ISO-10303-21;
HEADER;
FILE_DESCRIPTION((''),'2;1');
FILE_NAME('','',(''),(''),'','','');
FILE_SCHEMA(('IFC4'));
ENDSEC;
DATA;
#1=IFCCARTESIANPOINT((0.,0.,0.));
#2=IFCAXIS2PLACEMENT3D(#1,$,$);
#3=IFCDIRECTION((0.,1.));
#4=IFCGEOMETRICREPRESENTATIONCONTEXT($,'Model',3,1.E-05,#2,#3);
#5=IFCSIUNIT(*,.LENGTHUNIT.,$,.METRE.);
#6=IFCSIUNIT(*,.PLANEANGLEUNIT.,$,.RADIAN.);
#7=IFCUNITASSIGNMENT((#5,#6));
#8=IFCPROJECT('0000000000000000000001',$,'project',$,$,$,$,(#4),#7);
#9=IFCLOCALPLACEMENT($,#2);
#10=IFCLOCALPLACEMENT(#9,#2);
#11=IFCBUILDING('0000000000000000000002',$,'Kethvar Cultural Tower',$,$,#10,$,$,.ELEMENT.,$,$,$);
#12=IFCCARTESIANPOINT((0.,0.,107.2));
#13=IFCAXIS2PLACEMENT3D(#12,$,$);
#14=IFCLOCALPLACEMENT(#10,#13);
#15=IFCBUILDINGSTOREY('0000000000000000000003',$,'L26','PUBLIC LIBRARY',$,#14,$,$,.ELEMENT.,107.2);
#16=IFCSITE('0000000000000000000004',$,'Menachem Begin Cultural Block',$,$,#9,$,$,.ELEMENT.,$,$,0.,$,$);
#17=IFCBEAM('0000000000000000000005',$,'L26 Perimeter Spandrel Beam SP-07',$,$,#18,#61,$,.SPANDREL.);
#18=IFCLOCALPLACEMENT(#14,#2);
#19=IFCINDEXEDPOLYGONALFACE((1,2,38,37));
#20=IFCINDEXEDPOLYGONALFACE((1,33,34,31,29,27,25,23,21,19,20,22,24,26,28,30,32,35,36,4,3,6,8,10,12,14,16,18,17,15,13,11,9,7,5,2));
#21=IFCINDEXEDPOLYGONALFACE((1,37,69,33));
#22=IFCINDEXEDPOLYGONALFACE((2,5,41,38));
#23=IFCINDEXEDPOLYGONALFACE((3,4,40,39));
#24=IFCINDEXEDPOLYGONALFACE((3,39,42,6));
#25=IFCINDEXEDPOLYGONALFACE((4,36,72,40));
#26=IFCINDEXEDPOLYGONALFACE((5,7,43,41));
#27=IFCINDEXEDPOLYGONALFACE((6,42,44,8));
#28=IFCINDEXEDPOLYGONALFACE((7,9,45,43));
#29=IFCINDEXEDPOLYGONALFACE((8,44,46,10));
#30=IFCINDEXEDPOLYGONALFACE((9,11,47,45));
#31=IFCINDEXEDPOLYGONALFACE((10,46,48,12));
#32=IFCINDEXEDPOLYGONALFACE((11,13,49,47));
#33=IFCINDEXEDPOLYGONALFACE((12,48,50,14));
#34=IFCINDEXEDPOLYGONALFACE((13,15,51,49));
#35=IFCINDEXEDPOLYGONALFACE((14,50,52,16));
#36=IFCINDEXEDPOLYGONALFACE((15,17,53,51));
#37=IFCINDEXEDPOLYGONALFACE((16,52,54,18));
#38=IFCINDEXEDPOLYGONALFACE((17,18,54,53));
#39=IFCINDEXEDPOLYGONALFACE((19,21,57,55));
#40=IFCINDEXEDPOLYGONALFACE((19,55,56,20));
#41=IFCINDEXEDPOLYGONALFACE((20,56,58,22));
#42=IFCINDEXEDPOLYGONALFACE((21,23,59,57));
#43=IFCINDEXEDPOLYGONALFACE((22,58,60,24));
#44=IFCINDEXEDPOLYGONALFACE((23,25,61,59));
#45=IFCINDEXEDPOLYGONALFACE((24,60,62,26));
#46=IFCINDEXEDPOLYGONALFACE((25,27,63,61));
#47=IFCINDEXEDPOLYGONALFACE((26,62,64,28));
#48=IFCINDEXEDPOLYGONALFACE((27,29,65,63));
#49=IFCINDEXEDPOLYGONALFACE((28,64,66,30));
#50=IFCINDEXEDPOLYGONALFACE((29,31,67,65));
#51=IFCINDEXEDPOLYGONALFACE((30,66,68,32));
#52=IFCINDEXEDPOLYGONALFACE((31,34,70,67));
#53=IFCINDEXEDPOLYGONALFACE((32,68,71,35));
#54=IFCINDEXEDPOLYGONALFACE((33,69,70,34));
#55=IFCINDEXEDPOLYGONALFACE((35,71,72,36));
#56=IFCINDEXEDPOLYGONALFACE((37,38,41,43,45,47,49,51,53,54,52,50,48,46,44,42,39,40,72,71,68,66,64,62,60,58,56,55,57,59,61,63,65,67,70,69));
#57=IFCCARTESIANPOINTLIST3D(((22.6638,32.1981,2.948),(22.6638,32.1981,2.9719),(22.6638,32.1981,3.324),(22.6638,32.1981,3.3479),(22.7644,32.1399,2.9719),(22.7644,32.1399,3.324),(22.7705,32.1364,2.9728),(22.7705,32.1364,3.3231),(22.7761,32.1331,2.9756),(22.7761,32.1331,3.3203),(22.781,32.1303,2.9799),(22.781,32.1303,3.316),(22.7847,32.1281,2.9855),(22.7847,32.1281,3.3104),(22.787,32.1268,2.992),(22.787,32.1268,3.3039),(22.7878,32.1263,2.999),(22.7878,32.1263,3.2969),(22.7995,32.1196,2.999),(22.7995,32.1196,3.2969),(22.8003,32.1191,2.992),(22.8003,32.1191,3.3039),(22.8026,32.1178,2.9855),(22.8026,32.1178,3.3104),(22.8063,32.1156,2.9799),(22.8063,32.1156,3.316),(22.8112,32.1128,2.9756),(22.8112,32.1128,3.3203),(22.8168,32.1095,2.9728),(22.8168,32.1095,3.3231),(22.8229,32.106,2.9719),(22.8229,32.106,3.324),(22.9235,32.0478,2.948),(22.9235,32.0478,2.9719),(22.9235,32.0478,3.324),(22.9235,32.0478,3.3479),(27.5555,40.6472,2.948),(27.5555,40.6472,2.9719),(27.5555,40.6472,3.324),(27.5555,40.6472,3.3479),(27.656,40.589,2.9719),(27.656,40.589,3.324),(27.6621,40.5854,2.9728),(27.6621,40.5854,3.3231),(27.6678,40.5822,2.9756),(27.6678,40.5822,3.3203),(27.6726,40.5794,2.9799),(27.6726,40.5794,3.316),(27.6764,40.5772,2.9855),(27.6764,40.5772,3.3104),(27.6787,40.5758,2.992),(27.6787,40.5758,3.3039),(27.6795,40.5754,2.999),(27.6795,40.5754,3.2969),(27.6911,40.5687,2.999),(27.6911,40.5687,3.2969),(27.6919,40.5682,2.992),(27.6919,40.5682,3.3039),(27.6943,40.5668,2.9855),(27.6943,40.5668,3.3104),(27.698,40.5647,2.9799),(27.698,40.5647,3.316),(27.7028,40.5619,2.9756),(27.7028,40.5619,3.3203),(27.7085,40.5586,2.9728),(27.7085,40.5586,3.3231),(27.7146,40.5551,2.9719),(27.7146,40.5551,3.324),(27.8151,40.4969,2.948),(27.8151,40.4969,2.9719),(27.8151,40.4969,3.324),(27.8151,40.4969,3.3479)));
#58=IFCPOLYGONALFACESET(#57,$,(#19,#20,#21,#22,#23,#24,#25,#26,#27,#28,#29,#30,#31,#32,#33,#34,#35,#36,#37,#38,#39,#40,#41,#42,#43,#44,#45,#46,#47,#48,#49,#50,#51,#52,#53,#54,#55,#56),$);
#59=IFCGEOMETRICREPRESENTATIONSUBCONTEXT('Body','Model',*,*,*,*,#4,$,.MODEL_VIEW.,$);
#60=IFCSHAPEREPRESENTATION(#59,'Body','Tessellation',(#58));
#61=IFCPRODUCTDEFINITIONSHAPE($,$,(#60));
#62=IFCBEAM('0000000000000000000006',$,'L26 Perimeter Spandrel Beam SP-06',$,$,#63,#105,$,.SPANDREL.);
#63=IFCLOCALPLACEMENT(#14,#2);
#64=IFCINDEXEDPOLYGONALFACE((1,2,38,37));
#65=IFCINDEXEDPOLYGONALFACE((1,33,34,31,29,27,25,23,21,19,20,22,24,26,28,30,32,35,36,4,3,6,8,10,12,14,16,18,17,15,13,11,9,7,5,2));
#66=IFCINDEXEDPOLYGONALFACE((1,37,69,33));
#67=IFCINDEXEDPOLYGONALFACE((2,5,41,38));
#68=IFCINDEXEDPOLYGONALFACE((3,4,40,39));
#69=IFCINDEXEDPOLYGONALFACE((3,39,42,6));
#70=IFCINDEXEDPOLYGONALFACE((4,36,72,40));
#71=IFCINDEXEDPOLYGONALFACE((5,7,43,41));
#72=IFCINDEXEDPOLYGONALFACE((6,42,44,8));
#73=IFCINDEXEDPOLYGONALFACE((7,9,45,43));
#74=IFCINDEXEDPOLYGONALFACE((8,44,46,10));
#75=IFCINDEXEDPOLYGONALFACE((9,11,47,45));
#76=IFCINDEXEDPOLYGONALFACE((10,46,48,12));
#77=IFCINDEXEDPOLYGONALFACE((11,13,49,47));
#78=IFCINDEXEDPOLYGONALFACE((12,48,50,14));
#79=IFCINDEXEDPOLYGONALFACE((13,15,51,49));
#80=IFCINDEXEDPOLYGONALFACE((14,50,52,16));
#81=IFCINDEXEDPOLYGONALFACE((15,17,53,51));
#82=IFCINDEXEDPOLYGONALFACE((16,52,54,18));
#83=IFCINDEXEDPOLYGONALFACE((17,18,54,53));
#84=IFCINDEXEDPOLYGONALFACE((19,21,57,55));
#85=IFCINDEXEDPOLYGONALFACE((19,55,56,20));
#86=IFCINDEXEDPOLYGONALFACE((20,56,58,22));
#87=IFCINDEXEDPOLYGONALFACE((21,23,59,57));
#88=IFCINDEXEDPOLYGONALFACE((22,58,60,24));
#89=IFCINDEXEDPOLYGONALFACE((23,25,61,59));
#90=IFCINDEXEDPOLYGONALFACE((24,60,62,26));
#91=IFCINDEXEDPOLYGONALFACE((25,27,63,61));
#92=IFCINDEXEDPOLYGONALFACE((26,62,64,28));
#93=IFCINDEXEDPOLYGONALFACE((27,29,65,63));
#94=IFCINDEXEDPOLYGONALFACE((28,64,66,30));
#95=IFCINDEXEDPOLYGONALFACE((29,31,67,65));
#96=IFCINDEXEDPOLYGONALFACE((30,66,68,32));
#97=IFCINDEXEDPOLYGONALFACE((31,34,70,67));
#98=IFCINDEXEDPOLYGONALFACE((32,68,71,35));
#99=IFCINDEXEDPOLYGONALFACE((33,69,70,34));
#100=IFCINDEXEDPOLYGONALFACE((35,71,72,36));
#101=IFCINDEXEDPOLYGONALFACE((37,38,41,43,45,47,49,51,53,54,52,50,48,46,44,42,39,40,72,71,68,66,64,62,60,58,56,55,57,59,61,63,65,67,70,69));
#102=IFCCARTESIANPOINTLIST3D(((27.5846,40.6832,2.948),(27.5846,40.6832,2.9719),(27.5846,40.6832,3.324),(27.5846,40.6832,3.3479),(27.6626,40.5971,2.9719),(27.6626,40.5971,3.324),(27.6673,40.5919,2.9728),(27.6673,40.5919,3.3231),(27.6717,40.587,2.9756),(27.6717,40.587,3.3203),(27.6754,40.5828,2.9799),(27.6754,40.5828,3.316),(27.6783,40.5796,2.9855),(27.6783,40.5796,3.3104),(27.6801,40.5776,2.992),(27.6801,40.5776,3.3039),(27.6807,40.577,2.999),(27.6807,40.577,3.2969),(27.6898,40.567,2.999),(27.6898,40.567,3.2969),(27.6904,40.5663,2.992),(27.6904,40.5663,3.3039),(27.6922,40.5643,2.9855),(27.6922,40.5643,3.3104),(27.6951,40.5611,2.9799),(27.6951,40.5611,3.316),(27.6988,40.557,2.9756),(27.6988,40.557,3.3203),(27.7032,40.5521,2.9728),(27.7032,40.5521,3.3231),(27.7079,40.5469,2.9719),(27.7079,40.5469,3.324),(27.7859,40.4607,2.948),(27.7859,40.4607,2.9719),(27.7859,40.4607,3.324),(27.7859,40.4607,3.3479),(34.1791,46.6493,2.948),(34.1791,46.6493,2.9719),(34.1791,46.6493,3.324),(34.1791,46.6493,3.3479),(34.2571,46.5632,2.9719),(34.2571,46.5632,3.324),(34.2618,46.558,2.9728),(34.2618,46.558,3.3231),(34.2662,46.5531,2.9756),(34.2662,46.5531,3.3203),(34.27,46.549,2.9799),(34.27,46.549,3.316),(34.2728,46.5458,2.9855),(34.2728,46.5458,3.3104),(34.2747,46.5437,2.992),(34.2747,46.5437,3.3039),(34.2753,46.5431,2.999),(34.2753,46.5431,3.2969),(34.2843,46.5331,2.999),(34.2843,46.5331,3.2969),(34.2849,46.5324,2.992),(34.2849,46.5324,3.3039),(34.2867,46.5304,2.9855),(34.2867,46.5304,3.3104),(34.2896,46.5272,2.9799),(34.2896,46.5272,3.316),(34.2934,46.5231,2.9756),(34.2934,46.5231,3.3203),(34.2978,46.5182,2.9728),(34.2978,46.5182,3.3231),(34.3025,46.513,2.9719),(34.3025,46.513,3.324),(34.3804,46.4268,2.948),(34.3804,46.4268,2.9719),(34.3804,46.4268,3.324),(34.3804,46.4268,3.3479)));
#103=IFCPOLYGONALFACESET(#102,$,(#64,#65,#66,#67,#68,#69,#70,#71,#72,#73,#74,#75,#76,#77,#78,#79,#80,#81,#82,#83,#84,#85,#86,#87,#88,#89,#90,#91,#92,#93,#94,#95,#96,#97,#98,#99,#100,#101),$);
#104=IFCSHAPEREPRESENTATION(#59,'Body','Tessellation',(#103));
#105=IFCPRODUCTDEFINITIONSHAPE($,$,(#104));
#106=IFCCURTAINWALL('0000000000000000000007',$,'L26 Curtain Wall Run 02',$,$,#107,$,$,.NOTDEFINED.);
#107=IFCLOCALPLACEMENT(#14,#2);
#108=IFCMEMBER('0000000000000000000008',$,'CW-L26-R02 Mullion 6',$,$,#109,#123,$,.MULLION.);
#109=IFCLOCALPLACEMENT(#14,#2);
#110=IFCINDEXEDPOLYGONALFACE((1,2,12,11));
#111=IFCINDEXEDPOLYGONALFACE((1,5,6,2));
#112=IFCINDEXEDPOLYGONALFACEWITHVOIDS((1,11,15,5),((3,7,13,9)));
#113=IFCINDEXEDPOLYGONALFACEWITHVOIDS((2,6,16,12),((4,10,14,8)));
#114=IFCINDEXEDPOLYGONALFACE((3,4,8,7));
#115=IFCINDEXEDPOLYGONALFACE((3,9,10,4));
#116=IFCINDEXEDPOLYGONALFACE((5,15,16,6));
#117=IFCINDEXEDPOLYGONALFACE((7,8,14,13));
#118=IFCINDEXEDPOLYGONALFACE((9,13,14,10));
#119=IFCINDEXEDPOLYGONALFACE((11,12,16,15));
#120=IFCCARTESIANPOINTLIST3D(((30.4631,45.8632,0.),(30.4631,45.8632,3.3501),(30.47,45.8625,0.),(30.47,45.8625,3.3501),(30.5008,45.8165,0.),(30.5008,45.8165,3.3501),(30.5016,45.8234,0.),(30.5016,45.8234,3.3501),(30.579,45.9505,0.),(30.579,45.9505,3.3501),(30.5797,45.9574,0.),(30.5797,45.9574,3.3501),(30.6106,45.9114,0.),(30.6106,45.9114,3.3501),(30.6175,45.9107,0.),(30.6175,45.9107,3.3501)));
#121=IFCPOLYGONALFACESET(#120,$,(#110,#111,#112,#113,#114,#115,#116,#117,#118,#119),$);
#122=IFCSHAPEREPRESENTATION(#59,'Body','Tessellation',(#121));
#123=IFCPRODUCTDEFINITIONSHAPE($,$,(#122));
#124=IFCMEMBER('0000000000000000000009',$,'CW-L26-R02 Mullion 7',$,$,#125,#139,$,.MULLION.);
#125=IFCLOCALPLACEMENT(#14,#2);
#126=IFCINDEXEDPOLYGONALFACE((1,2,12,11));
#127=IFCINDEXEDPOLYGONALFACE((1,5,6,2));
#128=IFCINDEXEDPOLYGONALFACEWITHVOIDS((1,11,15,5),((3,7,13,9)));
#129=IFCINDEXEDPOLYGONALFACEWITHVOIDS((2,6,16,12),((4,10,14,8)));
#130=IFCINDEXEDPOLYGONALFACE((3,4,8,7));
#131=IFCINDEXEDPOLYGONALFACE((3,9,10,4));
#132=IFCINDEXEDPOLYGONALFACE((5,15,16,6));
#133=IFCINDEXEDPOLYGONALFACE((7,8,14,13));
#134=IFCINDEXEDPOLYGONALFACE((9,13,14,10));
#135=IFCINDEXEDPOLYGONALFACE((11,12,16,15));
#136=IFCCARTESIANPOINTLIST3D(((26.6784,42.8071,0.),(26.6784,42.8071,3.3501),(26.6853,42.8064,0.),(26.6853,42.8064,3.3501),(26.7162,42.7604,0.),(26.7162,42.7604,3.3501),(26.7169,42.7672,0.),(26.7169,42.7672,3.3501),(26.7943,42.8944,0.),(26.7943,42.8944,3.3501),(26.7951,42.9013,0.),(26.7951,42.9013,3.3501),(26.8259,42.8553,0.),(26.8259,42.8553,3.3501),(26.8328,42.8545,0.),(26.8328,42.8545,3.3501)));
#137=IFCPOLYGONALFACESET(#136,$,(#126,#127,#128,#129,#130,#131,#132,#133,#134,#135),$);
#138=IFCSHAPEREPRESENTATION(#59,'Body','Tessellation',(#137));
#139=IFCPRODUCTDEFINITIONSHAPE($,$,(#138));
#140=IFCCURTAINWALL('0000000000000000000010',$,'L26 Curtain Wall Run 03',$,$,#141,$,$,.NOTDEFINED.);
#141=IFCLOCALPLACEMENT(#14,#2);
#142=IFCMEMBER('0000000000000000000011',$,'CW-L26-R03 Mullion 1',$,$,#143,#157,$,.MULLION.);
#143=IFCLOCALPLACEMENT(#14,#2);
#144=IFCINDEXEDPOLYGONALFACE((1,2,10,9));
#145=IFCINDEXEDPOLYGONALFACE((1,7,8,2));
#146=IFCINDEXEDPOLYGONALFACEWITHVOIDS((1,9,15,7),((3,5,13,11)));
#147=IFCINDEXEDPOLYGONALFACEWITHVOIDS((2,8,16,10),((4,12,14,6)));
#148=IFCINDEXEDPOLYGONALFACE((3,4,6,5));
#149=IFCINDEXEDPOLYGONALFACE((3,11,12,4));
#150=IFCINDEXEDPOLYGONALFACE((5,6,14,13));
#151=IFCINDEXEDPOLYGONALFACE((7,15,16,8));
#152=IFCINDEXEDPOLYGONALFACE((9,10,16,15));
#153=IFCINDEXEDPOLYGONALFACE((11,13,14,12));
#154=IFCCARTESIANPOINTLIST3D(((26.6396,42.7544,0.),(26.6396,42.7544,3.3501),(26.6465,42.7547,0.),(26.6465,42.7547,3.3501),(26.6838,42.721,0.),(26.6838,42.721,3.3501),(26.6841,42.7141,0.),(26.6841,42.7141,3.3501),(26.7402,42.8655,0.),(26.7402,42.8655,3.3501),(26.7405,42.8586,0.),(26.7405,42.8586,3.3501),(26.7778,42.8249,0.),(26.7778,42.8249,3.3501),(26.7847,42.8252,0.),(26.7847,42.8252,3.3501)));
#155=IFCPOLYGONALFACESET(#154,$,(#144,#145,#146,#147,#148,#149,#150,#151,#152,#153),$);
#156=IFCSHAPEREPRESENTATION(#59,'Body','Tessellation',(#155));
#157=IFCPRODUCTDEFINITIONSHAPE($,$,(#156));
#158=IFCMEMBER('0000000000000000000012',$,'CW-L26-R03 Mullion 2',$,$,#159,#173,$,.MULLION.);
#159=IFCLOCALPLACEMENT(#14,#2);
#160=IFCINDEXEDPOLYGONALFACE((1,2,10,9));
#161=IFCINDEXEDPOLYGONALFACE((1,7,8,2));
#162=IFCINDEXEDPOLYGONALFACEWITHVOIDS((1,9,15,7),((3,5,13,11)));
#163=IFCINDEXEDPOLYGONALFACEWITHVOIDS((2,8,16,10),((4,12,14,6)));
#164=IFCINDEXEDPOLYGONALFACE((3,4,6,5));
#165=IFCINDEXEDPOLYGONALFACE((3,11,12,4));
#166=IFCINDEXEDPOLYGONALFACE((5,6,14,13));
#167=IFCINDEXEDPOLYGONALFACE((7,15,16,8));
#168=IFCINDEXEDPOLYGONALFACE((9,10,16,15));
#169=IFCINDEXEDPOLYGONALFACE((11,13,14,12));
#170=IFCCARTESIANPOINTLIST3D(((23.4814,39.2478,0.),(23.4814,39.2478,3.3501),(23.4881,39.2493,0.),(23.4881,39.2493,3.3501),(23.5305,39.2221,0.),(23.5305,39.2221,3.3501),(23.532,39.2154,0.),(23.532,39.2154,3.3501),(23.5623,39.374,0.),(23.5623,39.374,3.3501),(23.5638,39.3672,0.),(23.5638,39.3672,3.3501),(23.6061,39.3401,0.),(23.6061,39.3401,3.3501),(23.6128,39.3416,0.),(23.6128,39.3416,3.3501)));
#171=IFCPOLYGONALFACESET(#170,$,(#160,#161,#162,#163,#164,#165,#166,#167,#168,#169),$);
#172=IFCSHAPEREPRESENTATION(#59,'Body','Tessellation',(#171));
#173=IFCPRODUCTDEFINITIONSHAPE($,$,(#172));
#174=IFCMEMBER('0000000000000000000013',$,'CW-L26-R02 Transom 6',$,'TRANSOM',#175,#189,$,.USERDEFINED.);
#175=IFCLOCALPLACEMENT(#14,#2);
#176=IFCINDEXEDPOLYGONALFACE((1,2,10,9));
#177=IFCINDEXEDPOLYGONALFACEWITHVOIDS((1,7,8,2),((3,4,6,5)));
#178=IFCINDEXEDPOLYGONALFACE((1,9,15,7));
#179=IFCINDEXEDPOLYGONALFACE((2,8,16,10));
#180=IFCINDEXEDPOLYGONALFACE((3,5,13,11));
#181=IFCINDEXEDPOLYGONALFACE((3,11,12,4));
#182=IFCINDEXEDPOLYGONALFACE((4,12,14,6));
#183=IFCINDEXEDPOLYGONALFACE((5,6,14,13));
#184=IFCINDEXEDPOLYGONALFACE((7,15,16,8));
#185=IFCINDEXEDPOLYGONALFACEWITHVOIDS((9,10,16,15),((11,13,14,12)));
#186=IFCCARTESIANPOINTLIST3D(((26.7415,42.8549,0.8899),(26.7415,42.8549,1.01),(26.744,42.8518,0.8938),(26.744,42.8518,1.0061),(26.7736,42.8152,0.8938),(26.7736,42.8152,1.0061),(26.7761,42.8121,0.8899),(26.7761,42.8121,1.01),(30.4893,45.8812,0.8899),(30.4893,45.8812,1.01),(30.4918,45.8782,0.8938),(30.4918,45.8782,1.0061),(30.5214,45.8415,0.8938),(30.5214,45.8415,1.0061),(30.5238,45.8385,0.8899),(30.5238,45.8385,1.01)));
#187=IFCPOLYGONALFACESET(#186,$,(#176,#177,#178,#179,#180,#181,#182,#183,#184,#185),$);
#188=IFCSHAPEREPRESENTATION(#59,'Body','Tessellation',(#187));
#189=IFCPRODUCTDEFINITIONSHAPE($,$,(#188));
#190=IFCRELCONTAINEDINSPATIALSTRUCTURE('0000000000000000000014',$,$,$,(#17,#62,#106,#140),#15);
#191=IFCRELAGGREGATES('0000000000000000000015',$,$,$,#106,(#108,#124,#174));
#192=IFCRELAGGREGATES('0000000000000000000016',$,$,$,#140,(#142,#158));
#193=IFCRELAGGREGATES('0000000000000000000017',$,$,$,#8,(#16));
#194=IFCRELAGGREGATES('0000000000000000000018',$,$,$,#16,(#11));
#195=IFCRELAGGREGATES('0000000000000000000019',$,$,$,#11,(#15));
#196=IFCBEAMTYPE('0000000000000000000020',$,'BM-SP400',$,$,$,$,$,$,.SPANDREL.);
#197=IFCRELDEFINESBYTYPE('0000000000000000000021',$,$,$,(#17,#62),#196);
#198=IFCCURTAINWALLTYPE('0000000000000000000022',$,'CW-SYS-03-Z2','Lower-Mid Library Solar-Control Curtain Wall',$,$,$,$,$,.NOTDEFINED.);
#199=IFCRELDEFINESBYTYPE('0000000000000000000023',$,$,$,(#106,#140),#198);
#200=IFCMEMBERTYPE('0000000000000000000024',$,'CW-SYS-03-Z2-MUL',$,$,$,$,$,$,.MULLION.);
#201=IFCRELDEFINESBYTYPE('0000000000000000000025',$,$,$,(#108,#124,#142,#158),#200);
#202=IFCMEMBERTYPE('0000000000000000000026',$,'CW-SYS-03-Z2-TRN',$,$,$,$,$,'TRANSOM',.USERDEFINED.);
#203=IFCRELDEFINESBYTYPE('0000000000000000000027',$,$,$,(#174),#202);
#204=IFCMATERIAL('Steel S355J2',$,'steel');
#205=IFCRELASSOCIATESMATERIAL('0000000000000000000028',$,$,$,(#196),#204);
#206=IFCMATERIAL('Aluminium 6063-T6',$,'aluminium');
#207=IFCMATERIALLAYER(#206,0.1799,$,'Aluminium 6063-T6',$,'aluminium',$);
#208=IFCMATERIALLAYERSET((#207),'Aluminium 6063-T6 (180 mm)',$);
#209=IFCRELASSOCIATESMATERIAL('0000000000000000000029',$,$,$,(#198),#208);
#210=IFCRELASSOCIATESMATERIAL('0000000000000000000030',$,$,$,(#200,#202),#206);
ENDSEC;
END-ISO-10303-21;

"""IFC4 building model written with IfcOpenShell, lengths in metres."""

from ifc_helpers import new_model, si_unit, direction, frame, origin, origin_2d, place, context, subcontext, project, spatial, hollow_rectangle, i_section, extrude, source, transform, mapped, material, layer, layer_set, material_profile, profile_set, type_object, element, aggregate, save


model = new_model("IFC4")

# Units and contexts
model_context = context("Model", 3, precision=1e-05, world=origin(), true_north=direction((0.0, 1.0)))
body_context = subcontext(model_context, "Body", "Model", "MODEL_VIEW")
ifc_project = project(units=[si_unit("LENGTHUNIT", "METRE"), si_unit("PLANEANGLEUNIT", "RADIAN")], contexts=[model_context])

# Site, building, storey
site_placement = place(None, origin())
site = spatial("IfcSite", under=ifc_project, at=site_placement, Name="Menachem Begin Cultural Block", CompositionType="ELEMENT", RefElevation=0.0)
building_placement = place(site_placement, origin())
building = spatial("IfcBuilding", under=site, at=building_placement, Name="Kethvar Cultural Tower", CompositionType="ELEMENT")
storey_placement = place(building_placement, frame((0.0, 0.0, 107.2)))
storey = spatial("IfcBuildingStorey", under=building, at=storey_placement, Name="L26", Description="PUBLIC LIBRARY", CompositionType="ELEMENT", Elevation=107.2)

# Beams
ifc_material_1 = material(Name="Steel S355J2", Category="steel")
ifc_material_profile_1 = material_profile(ifc_material_1, i_section(OverallWidth=0.3, OverallDepth=0.3999, WebThickness=0.0134, FlangeThickness=0.0239, FilletRadius=0.0271, at=origin_2d()), Name="Steel S355J2 — HEB400")
ifc_profile_set_1 = profile_set([ifc_material_profile_1], Name="Steel S355J2 — HEB400")
beam_type_1 = type_object("IfcBeamType", Name="BM-SP400", PredefinedType="SPANDREL", material=ifc_profile_set_1)
shared_shape_1 = source(origin(), body_context, "Body", "SweptSolid", [
    extrude(i_section(OverallWidth=0.3, OverallDepth=0.3999, WebThickness=0.0134, FlangeThickness=0.0239, FilletRadius=0.0271, at=origin_2d()), origin(), (0.0, 0.0, 1.0), 9.7629),
])
beam_1_placement = place(storey_placement, frame((27.6853, 40.572, 3.1479), z_axis=(-0.501043, -0.865422, 0.0), x_axis=(0.865422, -0.501043, 0.0)))
element("IfcBeam", 1, at=beam_1_placement, inside=storey, type_object=beam_type_1, Name="L26 Perimeter Spandrel Beam SP-07", PredefinedType="SPANDREL", context=body_context, shape_type="MappedRepresentation", body=[
    mapped(shared_shape_1, transform((0.0, 0.0, 0.0), scale=1.0)),
])
shared_shape_2 = source(origin(), body_context, "Body", "SweptSolid", [
    extrude(i_section(OverallWidth=0.3, OverallDepth=0.3999, WebThickness=0.0134, FlangeThickness=0.0239, FilletRadius=0.0271, at=origin_2d()), origin(), (0.0, 0.0, 1.0), 8.8928),
])
beam_2_placement = place(storey_placement, frame((34.2798, 46.5381, 3.1479), z_axis=(-0.741557, -0.67089, 0.0), x_axis=(0.67089, -0.741557, 0.0)))
element("IfcBeam", 2, at=beam_2_placement, inside=storey, type_object=beam_type_1, Name="L26 Perimeter Spandrel Beam SP-06", PredefinedType="SPANDREL", context=body_context, shape_type="MappedRepresentation", body=[
    mapped(shared_shape_2, transform((0.0, 0.0, 0.0), scale=1.0)),
])

# Curtain walls, members
ifc_material_2 = material(Name="Aluminium 6063-T6", Category="aluminium")
ifc_layer_1 = layer(ifc_material_2, 0.1799, Name="Aluminium 6063-T6", Category="aluminium")
ifc_layer_set_1 = layer_set([ifc_layer_1], Name="Aluminium 6063-T6 (180 mm)")
curtain_wall_type = type_object("IfcCurtainWallType", Name="CW-SYS-03-Z2", Description="Lower-Mid Library Solar-Control Curtain Wall", PredefinedType="NOTDEFINED", material=ifc_layer_set_1)
curtain_wall_1_placement = place(storey_placement, origin())
curtain_wall_1 = element("IfcCurtainWall", 3, at=curtain_wall_1_placement, inside=storey, type_object=curtain_wall_type, Name="L26 Curtain Wall Run 02", PredefinedType="NOTDEFINED")
ifc_material_profile_2 = material_profile(ifc_material_2, hollow_rectangle(XDim=0.0601, YDim=0.1499, WallThickness=0.0049, at=origin_2d()), Name="Aluminium 6063-T6 — RHS150x60x5")
ifc_profile_set_2 = profile_set([ifc_material_profile_2], Name="Aluminium 6063-T6 — RHS150x60x5")
member_type_1 = type_object("IfcMemberType", Name="CW-SYS-03-Z2-MUL", PredefinedType="MULLION", material=ifc_profile_set_2)
shared_shape_3 = source(origin(), body_context, "Body", "SweptSolid", [
    extrude(hollow_rectangle(XDim=0.0601, YDim=0.1499, WallThickness=0.0049, at=origin_2d()), origin(), (0.0, 0.0, 1.0), 3.3501),
])
member_1_placement = place(storey_placement, frame((30.5403, 45.887, 0.0), z_axis=(0.0, 0.0, 1.0), x_axis=(0.628235, -0.778024, 0.0)))
member_1 = element("IfcMember", 4, at=member_1_placement, type_object=member_type_1, Name="CW-L26-R02 Mullion 6", PredefinedType="MULLION", context=body_context, shape_type="MappedRepresentation", body=[
    mapped(shared_shape_3, transform((0.0, 0.0, 0.0), scale=1.0)),
])
member_2_placement = place(storey_placement, frame((26.7556, 42.8308, 0.0), z_axis=(0.0, 0.0, 1.0), x_axis=(0.628235, -0.778024, 0.0)))
member_2 = element("IfcMember", 5, at=member_2_placement, type_object=member_type_1, Name="CW-L26-R02 Mullion 7", PredefinedType="MULLION", context=body_context, shape_type="MappedRepresentation", body=[
    mapped(shared_shape_3, transform((0.0, 0.0, 0.0), scale=1.0)),
])
curtain_wall_2_placement = place(storey_placement, origin())
curtain_wall_2 = element("IfcCurtainWall", 6, at=curtain_wall_2_placement, inside=storey, type_object=curtain_wall_type, Name="L26 Curtain Wall Run 03", PredefinedType="NOTDEFINED")
member_3_placement = place(storey_placement, frame((26.7122, 42.7898, 0.0), z_axis=(0.0, 0.0, 1.0), x_axis=(0.741461, -0.670996, 0.0)))
member_3 = element("IfcMember", 7, at=member_3_placement, type_object=member_type_1, Name="CW-L26-R03 Mullion 1", PredefinedType="MULLION", context=body_context, shape_type="MappedRepresentation", body=[
    mapped(shared_shape_3, transform((0.0, 0.0, 0.0), scale=1.0)),
])
member_4_placement = place(storey_placement, frame((23.5471, 39.2947, 0.0), z_axis=(0.0, 0.0, 1.0), x_axis=(0.841925, -0.539594, 0.0)))
member_4 = element("IfcMember", 8, at=member_4_placement, type_object=member_type_1, Name="CW-L26-R03 Mullion 2", PredefinedType="MULLION", context=body_context, shape_type="MappedRepresentation", body=[
    mapped(shared_shape_3, transform((0.0, 0.0, 0.0), scale=1.0)),
])

# Member
ifc_material_profile_3 = material_profile(ifc_material_2, hollow_rectangle(XDim=0.0549, YDim=0.1201, WallThickness=0.0039, at=origin_2d()), Name="Aluminium 6063-T6 — RHS120x55x4")
ifc_profile_set_3 = profile_set([ifc_material_profile_3], Name="Aluminium 6063-T6 — RHS120x55x4")
member_type_2 = type_object("IfcMemberType", Name="CW-SYS-03-Z2-TRN", ElementType="TRANSOM", PredefinedType="USERDEFINED", material=ifc_profile_set_3)
shared_shape_4 = source(origin(), body_context, "Body", "SweptSolid", [
    extrude(hollow_rectangle(XDim=0.0549, YDim=0.1201, WallThickness=0.0039, at=origin_2d()), origin(), (0.0, 0.0, 1.0), 4.8171),
])
member_5_placement = place(storey_placement, frame((30.5066, 45.8599, 0.95), z_axis=(-0.778013, -0.628249, 0.0), x_axis=(0.628249, -0.778013, 0.0)))
member_5 = element("IfcMember", 9, at=member_5_placement, type_object=member_type_2, Name="CW-L26-R02 Transom 6", ObjectType="TRANSOM", PredefinedType="USERDEFINED", context=body_context, shape_type="MappedRepresentation", body=[
    mapped(shared_shape_4, transform((0.0, 0.0, 0.0), scale=1.0)),
])

aggregate(curtain_wall_1, [member_1, member_2, member_5])
aggregate(curtain_wall_2, [member_3, member_4])

save(model, "model.ifc")
